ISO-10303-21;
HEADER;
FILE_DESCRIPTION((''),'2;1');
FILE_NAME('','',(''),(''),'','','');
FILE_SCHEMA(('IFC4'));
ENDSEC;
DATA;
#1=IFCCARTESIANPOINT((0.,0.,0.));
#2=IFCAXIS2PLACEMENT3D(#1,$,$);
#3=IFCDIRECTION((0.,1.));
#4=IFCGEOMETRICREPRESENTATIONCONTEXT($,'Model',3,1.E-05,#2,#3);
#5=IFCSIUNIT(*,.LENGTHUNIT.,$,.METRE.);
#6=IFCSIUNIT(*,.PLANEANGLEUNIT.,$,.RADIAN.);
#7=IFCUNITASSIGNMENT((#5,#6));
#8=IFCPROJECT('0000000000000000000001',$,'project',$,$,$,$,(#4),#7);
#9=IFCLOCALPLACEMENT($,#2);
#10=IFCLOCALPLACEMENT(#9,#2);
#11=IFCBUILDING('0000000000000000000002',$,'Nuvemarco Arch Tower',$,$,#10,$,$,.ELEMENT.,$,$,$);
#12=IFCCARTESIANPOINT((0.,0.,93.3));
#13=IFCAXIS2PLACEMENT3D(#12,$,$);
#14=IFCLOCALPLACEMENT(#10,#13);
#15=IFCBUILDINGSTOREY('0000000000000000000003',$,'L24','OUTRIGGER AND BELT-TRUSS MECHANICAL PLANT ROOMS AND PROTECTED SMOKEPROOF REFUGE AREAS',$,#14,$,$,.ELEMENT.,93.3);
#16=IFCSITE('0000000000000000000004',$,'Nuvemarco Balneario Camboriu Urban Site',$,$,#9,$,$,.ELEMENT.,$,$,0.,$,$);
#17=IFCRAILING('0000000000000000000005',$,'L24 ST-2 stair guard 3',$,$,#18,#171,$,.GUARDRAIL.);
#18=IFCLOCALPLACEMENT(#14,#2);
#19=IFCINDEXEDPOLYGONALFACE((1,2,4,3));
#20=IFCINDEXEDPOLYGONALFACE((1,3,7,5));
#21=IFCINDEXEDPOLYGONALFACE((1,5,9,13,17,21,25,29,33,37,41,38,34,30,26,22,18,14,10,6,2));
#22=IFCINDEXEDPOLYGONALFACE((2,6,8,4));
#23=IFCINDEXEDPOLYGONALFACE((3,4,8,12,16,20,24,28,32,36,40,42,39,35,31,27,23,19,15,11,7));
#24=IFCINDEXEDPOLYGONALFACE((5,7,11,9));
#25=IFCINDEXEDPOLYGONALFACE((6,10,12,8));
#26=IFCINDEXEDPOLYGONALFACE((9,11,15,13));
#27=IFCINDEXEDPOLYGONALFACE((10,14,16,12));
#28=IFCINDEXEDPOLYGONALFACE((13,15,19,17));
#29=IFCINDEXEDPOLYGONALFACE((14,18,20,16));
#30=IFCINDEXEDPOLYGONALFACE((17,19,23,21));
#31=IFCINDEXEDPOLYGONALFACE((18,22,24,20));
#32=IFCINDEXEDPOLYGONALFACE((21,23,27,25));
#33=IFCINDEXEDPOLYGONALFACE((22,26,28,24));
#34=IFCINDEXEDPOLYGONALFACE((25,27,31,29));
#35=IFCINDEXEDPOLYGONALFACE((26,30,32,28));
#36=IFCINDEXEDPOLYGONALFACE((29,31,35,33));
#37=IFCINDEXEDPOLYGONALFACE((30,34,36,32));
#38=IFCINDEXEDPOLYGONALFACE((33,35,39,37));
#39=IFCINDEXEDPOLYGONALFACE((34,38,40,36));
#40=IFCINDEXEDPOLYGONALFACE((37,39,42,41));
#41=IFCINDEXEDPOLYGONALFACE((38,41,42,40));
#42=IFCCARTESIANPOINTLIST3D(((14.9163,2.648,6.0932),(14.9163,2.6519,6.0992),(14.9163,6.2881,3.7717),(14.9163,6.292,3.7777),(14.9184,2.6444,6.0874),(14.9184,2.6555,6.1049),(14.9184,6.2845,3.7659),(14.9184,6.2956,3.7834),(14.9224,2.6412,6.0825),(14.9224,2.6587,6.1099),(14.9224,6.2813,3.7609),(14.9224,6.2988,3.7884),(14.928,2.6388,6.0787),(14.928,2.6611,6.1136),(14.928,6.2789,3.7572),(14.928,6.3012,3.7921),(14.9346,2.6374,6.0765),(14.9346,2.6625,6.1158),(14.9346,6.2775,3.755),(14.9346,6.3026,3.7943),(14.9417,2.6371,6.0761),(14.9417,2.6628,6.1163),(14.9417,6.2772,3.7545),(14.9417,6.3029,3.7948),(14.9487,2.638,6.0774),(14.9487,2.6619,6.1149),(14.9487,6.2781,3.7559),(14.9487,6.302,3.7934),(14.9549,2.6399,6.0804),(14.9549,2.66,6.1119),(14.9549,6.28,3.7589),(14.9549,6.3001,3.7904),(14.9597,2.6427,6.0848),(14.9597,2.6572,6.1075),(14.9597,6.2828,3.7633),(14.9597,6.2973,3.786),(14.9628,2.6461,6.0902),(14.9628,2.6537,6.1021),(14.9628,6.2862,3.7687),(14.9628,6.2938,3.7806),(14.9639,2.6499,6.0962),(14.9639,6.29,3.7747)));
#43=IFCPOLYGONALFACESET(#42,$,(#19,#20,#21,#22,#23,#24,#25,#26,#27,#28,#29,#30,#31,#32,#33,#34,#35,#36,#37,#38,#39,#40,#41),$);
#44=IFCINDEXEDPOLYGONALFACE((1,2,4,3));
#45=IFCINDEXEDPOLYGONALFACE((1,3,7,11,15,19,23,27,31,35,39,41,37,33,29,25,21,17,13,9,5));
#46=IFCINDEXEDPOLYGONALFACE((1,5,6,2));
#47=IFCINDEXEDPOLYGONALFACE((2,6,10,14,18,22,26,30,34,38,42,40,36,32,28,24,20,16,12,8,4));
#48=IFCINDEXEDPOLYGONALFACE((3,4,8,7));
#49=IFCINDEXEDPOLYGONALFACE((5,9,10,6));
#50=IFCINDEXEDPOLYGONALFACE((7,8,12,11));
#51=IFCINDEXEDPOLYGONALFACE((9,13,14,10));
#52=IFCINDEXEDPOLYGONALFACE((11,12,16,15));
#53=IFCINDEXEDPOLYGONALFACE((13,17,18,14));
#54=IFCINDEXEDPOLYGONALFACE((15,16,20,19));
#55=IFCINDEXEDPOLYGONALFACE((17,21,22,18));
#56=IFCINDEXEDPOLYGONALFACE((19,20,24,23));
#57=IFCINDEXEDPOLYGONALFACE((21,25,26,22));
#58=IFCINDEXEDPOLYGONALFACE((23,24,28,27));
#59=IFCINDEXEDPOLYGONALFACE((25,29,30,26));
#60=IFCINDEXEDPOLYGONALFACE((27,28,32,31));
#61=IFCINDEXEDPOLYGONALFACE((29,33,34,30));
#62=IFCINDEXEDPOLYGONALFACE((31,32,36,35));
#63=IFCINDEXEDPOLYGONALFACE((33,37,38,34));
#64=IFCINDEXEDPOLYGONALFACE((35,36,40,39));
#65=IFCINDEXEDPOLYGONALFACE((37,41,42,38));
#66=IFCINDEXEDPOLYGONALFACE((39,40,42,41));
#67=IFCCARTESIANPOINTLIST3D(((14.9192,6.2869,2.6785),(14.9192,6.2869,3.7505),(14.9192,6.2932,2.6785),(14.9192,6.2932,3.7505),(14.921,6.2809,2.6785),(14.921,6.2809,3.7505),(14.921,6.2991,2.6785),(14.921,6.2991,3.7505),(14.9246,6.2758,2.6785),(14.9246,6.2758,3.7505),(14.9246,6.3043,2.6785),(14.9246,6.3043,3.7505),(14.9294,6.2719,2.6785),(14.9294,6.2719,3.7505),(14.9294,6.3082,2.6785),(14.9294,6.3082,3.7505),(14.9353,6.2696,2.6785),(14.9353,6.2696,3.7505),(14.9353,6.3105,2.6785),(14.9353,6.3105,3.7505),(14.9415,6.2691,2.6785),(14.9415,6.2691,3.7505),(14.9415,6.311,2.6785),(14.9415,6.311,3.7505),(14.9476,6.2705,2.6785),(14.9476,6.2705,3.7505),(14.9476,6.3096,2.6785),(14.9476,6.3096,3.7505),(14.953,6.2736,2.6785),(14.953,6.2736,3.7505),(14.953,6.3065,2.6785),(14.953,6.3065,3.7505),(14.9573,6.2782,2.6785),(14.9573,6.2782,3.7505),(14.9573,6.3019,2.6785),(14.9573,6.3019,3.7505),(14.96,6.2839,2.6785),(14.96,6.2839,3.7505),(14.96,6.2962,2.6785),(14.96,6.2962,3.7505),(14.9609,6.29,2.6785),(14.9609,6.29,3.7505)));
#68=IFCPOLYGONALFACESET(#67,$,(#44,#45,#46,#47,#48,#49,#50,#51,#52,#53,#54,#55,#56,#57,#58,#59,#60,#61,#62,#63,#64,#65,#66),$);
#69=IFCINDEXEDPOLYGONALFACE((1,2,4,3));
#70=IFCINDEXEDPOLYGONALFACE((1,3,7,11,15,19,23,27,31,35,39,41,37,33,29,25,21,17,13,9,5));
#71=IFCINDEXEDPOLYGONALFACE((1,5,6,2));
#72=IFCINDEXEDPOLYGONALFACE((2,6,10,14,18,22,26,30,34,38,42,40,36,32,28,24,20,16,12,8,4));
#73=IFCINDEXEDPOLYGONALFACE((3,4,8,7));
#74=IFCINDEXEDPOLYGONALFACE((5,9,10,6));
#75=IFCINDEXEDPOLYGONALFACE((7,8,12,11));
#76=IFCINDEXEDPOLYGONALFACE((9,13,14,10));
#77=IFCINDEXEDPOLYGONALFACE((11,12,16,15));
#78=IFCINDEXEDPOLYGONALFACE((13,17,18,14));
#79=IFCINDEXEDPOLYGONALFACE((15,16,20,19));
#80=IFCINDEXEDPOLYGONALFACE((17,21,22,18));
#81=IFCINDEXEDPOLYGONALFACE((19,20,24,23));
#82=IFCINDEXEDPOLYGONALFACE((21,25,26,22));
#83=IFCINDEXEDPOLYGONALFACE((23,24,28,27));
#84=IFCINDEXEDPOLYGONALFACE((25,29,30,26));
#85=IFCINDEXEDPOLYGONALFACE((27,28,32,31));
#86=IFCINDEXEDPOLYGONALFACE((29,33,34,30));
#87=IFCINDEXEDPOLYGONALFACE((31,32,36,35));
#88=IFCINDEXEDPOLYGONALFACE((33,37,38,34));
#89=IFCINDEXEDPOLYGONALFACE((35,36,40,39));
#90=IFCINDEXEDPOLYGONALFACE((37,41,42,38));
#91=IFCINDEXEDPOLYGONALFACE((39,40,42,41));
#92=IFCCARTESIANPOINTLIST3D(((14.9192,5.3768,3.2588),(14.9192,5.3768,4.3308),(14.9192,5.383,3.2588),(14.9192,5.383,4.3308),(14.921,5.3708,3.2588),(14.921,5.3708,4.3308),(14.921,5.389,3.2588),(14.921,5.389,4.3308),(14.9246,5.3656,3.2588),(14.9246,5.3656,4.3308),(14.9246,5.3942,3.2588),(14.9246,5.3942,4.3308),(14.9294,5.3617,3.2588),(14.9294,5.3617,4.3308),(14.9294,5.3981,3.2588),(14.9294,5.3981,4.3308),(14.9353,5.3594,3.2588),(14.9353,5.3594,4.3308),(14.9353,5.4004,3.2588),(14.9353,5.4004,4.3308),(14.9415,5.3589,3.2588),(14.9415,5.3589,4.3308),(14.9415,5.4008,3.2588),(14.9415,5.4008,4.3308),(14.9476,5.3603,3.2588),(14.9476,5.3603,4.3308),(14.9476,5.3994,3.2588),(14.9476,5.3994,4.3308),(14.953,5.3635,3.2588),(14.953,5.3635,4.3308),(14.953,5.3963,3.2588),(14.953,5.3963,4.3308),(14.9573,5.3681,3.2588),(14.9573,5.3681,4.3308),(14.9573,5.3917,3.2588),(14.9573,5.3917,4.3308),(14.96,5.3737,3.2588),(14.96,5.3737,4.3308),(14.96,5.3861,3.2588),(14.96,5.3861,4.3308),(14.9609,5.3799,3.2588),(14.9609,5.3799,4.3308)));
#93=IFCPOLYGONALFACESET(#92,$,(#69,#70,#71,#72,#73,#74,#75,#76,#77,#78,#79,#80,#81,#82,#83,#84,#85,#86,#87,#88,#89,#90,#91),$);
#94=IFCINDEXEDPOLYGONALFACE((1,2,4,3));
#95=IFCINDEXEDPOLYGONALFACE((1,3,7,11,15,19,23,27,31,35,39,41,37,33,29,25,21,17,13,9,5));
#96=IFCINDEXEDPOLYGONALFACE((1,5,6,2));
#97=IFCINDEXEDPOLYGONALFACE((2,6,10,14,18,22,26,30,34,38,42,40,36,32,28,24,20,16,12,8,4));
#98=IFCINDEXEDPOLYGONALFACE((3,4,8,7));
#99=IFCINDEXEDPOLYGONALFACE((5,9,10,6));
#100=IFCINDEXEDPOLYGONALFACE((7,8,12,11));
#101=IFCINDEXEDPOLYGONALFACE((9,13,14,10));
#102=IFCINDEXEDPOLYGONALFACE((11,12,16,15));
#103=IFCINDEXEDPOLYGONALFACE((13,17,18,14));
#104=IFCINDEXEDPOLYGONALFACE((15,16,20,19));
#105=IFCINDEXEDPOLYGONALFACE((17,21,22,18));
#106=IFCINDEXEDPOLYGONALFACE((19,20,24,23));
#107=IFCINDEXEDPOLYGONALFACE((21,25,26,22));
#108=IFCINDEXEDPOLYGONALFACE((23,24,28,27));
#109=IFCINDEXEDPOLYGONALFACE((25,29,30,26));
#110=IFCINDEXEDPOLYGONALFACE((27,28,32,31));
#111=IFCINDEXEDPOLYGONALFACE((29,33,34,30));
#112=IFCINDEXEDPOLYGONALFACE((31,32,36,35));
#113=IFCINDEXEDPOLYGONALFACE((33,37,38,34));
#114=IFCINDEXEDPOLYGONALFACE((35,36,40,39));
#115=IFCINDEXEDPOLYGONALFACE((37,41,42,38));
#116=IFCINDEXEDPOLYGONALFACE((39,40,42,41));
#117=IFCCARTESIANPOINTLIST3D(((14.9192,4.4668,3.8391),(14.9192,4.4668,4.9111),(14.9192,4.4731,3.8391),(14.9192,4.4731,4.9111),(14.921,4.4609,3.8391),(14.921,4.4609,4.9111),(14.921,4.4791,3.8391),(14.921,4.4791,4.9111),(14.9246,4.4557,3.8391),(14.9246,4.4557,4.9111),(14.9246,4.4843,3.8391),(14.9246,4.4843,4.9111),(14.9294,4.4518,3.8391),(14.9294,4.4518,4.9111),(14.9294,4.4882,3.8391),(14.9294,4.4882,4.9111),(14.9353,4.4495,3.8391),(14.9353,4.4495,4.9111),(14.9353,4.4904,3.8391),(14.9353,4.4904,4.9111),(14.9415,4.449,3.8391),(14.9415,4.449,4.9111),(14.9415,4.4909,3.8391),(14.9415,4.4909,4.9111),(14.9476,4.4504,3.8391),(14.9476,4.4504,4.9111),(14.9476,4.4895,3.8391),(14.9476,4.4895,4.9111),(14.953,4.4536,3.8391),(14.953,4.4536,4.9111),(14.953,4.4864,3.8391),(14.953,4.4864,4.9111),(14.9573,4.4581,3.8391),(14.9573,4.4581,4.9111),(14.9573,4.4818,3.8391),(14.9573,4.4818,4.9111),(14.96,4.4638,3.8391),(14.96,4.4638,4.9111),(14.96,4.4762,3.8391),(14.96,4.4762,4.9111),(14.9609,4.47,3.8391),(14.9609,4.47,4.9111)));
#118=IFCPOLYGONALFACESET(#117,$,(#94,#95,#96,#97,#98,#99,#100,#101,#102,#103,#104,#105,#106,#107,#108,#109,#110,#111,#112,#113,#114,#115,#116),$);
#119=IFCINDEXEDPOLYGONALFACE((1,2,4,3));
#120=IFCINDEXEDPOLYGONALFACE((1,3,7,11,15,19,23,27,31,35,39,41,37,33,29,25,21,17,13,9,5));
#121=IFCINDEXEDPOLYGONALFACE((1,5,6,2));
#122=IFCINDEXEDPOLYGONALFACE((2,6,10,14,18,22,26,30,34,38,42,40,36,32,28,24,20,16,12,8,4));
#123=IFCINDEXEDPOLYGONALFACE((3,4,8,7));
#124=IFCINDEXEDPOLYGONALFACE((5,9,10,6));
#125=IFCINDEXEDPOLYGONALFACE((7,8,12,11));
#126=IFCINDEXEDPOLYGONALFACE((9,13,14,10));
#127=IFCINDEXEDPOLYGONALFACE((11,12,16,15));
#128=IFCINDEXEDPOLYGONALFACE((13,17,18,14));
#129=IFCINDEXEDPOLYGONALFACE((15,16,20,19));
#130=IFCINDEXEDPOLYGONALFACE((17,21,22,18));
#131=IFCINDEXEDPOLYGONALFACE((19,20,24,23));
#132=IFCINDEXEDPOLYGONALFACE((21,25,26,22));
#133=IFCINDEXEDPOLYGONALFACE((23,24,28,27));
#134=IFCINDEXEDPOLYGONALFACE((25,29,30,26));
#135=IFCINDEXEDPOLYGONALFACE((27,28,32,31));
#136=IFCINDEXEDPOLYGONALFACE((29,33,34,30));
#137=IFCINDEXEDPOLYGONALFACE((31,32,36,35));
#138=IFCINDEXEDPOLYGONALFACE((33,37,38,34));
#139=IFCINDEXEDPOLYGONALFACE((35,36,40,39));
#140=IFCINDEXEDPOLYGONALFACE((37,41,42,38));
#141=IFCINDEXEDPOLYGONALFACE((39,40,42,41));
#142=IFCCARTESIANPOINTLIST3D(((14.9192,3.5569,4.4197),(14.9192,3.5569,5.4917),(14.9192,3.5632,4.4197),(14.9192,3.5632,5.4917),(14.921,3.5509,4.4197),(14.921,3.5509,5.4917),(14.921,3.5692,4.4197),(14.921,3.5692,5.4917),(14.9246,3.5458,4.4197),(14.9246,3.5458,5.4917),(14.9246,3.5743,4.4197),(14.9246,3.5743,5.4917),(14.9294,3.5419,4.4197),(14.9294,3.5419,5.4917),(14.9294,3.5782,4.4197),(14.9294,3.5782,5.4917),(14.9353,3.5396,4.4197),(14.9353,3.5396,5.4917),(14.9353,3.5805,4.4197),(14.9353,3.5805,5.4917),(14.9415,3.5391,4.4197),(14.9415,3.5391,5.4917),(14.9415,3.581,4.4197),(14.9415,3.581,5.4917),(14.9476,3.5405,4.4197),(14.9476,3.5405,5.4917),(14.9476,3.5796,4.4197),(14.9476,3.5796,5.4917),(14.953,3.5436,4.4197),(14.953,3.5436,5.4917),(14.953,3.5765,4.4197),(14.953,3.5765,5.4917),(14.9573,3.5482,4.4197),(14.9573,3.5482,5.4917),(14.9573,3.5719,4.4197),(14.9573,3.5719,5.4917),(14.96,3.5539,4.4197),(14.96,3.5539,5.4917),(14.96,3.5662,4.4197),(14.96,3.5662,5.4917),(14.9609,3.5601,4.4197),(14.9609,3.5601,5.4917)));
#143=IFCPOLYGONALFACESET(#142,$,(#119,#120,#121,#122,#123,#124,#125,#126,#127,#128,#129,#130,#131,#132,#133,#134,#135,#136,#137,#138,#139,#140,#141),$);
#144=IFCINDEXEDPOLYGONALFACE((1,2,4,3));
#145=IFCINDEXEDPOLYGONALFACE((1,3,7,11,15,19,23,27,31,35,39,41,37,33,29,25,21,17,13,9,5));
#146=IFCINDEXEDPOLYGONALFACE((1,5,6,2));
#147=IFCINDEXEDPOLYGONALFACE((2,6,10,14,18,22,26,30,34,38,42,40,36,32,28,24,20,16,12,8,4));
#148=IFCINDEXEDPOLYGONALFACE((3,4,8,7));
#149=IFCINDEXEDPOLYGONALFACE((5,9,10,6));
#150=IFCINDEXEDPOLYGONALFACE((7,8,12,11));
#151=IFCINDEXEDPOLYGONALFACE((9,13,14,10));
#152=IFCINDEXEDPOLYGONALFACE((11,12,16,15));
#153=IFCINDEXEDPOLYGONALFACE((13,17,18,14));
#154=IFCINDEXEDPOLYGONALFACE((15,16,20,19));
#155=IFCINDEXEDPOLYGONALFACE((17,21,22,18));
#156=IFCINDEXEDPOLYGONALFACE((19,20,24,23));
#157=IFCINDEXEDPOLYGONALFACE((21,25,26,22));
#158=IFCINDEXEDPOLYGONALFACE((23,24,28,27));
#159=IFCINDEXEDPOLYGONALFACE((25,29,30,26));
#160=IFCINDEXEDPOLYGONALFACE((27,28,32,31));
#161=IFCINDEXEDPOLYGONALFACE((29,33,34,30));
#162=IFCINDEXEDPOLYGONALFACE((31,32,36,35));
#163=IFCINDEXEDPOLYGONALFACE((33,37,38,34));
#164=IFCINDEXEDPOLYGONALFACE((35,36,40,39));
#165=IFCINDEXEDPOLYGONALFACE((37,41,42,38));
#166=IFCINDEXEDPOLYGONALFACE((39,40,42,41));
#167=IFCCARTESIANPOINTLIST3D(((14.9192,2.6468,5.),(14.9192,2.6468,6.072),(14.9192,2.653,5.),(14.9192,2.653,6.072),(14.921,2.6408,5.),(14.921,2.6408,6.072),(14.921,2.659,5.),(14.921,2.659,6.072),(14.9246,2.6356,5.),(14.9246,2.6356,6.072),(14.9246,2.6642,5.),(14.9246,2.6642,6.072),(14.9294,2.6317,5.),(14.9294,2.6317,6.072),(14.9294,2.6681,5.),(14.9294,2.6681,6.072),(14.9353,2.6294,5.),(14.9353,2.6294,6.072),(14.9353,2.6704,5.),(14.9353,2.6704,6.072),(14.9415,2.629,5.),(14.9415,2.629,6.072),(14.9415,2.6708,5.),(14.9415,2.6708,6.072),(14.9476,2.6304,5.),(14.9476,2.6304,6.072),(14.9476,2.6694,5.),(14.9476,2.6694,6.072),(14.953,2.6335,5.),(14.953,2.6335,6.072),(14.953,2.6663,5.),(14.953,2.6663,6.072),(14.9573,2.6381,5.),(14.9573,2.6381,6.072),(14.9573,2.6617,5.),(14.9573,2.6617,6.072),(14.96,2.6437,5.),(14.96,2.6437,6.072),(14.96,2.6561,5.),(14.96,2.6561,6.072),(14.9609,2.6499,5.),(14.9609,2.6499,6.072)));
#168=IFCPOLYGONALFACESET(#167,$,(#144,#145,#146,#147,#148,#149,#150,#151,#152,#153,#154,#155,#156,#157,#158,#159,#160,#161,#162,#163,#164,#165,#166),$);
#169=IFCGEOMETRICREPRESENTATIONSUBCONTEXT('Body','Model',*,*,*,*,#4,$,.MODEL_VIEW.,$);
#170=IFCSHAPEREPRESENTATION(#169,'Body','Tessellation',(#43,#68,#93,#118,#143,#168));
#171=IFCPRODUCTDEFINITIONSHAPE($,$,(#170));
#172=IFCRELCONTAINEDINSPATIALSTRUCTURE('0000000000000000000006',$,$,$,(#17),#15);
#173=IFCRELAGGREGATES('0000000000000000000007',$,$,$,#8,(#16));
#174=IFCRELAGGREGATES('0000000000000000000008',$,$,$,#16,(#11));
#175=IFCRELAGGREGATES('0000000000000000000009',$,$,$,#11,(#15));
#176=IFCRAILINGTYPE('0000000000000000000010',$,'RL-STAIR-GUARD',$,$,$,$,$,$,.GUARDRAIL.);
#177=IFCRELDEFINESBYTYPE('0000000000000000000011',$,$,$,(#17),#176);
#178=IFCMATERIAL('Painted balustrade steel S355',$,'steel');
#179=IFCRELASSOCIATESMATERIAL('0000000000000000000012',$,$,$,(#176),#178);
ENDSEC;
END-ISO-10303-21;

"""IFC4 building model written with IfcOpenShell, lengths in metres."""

from ifc_helpers import new_model, si_unit, direction, frame, origin, origin_2d, place, context, subcontext, project, spatial, circle, extrude, material, type_object, element, save


model = new_model("IFC4")

# Units and contexts
model_context = context("Model", 3, precision=1e-05, world=origin(), true_north=direction((0.0, 1.0)))
body_context = subcontext(model_context, "Body", "Model", "MODEL_VIEW")
ifc_project = project(units=[si_unit("LENGTHUNIT", "METRE"), si_unit("PLANEANGLEUNIT", "RADIAN")], contexts=[model_context])

# Site, building, storey
site_placement = place(None, origin())
site = spatial("IfcSite", under=ifc_project, at=site_placement, Name="Nuvemarco Balneario Camboriu Urban Site", CompositionType="ELEMENT", RefElevation=0.0)
building_placement = place(site_placement, origin())
building = spatial("IfcBuilding", under=site, at=building_placement, Name="Nuvemarco Arch Tower", CompositionType="ELEMENT")
storey_placement = place(building_placement, frame((0.0, 0.0, 93.3)))
storey = spatial("IfcBuildingStorey", under=building, at=storey_placement, Name="L24", Description="OUTRIGGER AND BELT-TRUSS MECHANICAL PLANT ROOMS AND PROTECTED SMOKEPROOF REFUGE AREAS", CompositionType="ELEMENT", Elevation=93.3)

# Railing
ifc_material_1 = material(Name="Painted balustrade steel S355", Category="steel")
railing_type_1 = type_object("IfcRailingType", Name="RL-STAIR-GUARD", PredefinedType="GUARDRAIL", material=ifc_material_1)
railing_1_placement = place(storey_placement, frame((14.9399, 6.29, 2.6785)))
element("IfcRailing", 1, at=railing_1_placement, inside=storey, type_object=railing_type_1, Name="L24 ST-2 stair guard 3", PredefinedType="GUARDRAIL", context=body_context, shape_type="SweptSolid", body=[
    extrude(circle(Radius=0.0239, at=origin_2d()), frame((0.0, 0.0, 1.0962), z_axis=(0.0, -0.843128, 0.537713), x_axis=(1.0, 0.0, 0.0)), (0.0, 0.0, 1.0), 4.3174),
    extrude(circle(Radius=0.021, at=origin_2d()), origin(), (0.0, 0.0, 1.0), 1.072),
    extrude(circle(Radius=0.021, at=origin_2d()), frame((0.0, -0.9102, 0.5803)), (0.0, 0.0, 1.0), 1.072),
    extrude(circle(Radius=0.021, at=origin_2d()), frame((0.0, -1.8201, 1.1606)), (0.0, 0.0, 1.0), 1.072),
    extrude(circle(Radius=0.021, at=origin_2d()), frame((0.0, -2.73, 1.7412)), (0.0, 0.0, 1.0), 1.072),
    extrude(circle(Radius=0.021, at=origin_2d()), frame((0.0, -3.6401, 2.3215)), (0.0, 0.0, 1.0), 1.072),
])

save(model, "model.ifc")
